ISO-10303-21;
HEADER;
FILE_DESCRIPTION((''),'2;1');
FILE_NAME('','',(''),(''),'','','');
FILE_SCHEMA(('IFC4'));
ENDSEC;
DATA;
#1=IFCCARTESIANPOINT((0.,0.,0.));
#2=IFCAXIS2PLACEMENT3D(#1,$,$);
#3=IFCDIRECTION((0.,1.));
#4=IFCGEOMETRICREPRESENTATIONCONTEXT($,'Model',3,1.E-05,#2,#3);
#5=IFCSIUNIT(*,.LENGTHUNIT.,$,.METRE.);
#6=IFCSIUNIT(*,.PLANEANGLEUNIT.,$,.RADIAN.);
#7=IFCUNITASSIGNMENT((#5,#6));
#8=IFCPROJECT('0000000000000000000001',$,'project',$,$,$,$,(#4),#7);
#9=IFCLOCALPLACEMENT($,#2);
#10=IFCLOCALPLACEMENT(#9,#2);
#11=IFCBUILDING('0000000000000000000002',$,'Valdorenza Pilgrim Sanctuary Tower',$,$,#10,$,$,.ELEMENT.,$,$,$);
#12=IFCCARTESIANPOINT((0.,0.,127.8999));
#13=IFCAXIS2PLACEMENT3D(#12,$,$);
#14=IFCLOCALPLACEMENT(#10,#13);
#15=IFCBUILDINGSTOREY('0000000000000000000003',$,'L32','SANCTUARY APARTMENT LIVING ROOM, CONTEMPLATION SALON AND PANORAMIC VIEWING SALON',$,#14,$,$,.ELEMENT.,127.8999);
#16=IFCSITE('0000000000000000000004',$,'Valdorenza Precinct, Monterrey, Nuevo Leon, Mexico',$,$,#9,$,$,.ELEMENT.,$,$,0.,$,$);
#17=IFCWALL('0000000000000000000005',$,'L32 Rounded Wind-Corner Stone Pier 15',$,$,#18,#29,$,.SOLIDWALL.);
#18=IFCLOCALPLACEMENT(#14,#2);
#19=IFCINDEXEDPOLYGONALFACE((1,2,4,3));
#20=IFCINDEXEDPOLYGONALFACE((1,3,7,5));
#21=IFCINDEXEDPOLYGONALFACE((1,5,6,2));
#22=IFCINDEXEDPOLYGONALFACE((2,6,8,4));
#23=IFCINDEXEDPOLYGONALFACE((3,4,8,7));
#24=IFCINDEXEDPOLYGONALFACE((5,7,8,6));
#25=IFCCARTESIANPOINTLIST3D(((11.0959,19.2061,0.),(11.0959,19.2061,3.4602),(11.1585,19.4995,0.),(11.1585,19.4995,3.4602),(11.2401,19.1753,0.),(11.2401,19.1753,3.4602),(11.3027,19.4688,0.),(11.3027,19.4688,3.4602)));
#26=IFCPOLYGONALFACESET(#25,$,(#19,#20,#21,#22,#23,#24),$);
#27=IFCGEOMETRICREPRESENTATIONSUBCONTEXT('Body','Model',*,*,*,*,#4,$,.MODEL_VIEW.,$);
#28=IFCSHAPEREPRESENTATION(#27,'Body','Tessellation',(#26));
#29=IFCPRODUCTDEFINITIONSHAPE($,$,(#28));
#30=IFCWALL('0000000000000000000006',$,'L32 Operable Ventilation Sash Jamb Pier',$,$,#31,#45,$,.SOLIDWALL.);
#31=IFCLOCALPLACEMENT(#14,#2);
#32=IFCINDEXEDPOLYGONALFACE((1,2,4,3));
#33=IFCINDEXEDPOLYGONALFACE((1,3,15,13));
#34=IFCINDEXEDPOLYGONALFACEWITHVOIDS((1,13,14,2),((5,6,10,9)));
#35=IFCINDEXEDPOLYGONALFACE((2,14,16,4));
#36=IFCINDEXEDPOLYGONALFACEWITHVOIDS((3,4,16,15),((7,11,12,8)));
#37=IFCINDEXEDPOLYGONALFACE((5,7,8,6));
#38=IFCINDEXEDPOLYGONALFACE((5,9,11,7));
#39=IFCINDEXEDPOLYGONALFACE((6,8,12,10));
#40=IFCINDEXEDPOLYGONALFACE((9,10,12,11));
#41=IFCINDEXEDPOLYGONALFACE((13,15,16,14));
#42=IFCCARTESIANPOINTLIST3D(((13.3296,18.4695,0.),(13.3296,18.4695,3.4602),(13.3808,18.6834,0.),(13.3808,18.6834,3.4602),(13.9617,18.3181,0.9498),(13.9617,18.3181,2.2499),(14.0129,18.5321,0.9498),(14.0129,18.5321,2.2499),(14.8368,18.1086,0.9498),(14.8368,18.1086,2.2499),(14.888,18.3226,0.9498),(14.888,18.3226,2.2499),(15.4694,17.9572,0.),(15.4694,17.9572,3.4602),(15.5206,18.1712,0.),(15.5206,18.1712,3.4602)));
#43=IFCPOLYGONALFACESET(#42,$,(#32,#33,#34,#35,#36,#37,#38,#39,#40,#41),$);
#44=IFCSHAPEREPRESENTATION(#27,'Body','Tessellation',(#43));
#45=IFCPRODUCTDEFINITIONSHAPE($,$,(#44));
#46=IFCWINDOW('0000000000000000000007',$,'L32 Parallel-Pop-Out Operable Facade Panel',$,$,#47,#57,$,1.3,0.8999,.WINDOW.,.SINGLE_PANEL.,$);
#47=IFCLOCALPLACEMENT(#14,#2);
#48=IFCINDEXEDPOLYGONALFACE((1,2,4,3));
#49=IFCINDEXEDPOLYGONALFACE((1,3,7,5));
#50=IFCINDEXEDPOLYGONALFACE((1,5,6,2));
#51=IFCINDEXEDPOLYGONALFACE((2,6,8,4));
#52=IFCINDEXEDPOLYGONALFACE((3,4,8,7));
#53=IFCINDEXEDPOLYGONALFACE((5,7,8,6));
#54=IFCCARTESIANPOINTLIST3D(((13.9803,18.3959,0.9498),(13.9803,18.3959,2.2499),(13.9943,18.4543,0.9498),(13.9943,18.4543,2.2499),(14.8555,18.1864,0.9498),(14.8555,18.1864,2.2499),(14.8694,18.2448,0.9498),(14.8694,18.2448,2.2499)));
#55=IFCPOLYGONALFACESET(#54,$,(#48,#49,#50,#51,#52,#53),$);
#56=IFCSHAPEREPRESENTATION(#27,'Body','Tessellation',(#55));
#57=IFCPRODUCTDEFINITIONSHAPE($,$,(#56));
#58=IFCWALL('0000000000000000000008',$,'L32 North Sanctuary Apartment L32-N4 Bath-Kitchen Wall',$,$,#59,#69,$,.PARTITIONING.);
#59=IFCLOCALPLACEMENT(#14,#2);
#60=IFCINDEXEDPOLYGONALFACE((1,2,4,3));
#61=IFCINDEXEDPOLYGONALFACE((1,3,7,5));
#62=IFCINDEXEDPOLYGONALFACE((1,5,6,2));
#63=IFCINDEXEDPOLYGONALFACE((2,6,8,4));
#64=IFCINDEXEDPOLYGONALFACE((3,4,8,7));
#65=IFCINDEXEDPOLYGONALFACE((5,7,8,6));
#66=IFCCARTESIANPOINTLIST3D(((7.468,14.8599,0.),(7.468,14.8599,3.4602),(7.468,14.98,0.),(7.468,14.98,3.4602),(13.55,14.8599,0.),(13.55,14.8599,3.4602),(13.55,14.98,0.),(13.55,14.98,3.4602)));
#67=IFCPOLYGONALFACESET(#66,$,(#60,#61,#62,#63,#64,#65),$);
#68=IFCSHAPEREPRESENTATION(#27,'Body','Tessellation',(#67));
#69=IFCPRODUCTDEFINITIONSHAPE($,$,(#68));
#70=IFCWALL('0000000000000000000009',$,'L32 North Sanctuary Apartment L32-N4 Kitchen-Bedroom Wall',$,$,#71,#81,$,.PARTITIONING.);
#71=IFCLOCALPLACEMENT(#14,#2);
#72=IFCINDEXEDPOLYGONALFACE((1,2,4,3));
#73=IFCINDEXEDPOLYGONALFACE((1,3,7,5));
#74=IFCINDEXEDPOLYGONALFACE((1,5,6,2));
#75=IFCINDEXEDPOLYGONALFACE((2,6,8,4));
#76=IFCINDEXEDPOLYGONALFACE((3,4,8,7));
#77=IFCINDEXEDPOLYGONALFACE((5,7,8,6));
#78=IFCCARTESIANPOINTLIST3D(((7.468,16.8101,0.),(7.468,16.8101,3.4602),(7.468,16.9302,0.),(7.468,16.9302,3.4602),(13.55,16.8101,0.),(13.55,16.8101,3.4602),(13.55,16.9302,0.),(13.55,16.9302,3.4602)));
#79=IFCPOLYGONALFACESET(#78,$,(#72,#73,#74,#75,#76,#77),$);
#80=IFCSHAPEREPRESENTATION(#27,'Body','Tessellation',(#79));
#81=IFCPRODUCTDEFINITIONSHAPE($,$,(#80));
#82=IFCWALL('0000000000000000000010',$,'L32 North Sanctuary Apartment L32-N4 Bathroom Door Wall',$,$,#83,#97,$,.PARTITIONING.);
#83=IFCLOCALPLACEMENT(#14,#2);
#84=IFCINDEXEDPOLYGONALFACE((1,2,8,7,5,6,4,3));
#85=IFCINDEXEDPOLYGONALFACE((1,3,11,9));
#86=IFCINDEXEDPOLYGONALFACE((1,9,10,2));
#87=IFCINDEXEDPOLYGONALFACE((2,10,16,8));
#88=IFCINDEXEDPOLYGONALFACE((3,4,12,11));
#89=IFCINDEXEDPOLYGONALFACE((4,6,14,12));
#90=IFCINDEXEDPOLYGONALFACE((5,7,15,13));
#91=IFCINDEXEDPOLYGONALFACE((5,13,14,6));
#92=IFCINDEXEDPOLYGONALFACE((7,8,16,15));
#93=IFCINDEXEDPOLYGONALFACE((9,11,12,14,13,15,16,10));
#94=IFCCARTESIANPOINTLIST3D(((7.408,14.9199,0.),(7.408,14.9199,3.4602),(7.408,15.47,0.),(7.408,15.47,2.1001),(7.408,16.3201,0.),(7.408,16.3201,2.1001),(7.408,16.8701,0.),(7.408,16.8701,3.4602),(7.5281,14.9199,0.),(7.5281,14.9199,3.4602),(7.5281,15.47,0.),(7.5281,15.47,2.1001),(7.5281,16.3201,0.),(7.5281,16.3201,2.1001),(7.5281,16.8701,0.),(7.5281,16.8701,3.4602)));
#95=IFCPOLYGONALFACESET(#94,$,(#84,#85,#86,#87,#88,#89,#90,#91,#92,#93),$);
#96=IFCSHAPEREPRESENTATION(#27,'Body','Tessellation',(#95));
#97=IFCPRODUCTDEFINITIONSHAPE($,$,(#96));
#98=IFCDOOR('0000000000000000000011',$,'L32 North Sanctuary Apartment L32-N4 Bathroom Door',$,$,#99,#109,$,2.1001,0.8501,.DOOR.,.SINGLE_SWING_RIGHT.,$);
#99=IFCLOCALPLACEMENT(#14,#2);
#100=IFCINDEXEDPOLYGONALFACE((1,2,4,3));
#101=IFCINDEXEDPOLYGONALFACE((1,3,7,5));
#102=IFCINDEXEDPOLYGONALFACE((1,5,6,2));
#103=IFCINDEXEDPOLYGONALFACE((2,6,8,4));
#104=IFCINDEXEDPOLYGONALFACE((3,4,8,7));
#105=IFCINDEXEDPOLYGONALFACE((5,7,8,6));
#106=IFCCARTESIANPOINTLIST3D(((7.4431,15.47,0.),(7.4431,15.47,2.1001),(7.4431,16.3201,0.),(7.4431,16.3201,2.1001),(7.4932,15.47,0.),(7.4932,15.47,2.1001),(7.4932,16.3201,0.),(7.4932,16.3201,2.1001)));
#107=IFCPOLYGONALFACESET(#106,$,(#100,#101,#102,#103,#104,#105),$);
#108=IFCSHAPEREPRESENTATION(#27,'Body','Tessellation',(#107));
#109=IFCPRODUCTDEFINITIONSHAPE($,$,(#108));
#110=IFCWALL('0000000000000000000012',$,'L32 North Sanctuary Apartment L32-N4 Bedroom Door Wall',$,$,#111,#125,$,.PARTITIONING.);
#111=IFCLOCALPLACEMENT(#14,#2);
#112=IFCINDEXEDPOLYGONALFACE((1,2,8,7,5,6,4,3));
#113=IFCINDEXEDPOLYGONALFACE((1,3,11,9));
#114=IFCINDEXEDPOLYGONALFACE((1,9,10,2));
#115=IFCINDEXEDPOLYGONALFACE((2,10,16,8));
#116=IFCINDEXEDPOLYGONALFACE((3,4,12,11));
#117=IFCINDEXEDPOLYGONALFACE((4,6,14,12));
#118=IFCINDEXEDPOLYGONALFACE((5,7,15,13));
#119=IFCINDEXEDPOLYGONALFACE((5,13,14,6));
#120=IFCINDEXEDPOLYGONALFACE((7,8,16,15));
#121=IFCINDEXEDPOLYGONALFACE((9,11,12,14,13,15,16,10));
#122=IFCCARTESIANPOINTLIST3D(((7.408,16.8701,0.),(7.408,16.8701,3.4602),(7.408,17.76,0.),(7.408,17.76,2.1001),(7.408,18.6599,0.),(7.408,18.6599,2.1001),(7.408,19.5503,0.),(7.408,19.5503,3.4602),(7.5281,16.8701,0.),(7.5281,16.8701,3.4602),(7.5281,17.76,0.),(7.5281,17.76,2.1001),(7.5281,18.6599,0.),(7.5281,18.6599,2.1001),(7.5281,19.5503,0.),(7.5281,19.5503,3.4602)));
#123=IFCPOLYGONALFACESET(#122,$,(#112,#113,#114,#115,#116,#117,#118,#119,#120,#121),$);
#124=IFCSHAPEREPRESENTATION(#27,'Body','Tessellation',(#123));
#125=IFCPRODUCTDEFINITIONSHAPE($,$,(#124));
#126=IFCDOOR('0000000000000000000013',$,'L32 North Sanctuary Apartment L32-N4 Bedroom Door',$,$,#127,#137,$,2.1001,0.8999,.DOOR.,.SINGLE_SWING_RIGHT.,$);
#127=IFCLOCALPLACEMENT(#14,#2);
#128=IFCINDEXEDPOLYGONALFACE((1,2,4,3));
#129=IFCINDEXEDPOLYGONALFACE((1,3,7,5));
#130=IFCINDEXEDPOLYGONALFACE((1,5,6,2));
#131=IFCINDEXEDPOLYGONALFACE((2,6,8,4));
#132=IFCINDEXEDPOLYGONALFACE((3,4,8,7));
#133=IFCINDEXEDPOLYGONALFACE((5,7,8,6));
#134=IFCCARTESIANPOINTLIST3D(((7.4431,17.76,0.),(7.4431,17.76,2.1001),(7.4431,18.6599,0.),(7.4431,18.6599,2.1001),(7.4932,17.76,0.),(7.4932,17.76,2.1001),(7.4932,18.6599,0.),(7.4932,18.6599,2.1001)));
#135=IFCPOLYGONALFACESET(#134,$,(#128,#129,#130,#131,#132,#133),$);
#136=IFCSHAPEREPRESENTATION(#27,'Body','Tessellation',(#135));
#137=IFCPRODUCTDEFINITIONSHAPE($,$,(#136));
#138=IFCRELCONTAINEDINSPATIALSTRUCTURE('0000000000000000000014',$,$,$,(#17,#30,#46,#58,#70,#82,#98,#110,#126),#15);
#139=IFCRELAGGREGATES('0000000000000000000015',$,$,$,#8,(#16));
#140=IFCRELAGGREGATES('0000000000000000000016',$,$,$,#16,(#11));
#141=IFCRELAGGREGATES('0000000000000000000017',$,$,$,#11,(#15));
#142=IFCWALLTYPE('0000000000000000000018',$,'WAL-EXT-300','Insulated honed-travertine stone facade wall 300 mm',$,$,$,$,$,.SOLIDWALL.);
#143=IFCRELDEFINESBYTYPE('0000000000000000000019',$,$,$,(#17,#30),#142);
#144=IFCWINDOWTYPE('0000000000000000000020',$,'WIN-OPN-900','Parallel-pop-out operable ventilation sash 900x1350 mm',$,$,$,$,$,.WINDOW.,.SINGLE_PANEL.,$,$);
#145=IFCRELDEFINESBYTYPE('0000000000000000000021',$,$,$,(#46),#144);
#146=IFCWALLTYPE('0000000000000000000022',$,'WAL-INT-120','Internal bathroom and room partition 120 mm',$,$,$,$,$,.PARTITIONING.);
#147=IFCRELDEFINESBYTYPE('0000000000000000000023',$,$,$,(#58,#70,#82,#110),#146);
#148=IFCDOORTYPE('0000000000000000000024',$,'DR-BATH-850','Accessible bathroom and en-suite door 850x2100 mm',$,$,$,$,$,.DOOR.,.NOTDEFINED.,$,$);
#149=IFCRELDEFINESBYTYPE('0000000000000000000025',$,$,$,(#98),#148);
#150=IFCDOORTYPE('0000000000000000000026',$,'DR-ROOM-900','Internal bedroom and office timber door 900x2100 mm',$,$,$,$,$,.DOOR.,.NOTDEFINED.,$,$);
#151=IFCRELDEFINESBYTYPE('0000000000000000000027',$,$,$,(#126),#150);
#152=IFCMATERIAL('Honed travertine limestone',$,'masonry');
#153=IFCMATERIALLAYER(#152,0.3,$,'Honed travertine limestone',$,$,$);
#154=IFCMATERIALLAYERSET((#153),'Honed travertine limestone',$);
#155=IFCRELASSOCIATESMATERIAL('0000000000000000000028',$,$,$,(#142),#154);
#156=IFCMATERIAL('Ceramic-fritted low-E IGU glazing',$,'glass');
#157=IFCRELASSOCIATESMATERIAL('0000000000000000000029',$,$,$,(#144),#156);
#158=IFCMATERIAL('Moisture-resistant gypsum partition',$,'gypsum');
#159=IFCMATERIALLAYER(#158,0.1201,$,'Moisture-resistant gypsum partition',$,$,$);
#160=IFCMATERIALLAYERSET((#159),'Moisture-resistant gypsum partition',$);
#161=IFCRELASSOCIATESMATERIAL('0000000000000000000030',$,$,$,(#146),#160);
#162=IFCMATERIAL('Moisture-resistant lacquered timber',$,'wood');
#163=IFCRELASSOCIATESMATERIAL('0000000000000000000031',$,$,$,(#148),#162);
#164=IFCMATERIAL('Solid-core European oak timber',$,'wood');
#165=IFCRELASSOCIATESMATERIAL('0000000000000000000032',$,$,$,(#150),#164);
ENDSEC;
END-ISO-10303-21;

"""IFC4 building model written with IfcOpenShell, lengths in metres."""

from ifc_helpers import new_model, si_unit, direction, frame, frame_2d, origin, place, context, subcontext, project, spatial, rectangle, extrude, material, layer, layer_set, type_object, element, fill, save


model = new_model("IFC4")

# Units and contexts
model_context = context("Model", 3, precision=1e-05, world=origin(), true_north=direction((0.0, 1.0)))
body_context = subcontext(model_context, "Body", "Model", "MODEL_VIEW")
ifc_project = project(units=[si_unit("LENGTHUNIT", "METRE"), si_unit("PLANEANGLEUNIT", "RADIAN")], contexts=[model_context])

# Site, building, storey
site_placement = place(None, origin())
site = spatial("IfcSite", under=ifc_project, at=site_placement, Name="Valdorenza Precinct, Monterrey, Nuevo Leon, Mexico", CompositionType="ELEMENT", RefElevation=0.0)
building_placement = place(site_placement, origin())
building = spatial("IfcBuilding", under=site, at=building_placement, Name="Valdorenza Pilgrim Sanctuary Tower", CompositionType="ELEMENT")
storey_placement = place(building_placement, frame((0.0, 0.0, 127.8999)))
storey = spatial("IfcBuildingStorey", under=building, at=storey_placement, Name="L32", Description="SANCTUARY APARTMENT LIVING ROOM, CONTEMPLATION SALON AND PANORAMIC VIEWING SALON", CompositionType="ELEMENT", Elevation=127.8999)

# Shared definitions
ifc_material_1 = material(Name="Honed travertine limestone", Category="masonry")
ifc_material_2 = material(Name="Ceramic-fritted low-E IGU glazing", Category="glass")

# Wall
ifc_layer_1 = layer(ifc_material_1, 0.3, Name="Honed travertine limestone")
ifc_layer_set_1 = layer_set([ifc_layer_1], Name="Honed travertine limestone")
wall_type_1 = type_object("IfcWallType", Name="WAL-EXT-300", Description="Insulated honed-travertine stone facade wall 300 mm", PredefinedType="SOLIDWALL", material=ifc_layer_set_1)
wall_1_placement = place(storey_placement, frame((11.1272, 19.3528, 0.0), z_axis=(0.0, 0.0, 1.0), x_axis=(0.97802, -0.208512, 0.0)))
element("IfcWall", 1, at=wall_1_placement, inside=storey, type_object=wall_type_1, Name="L32 Rounded Wind-Corner Stone Pier 15", PredefinedType="SOLIDWALL", context=body_context, shape_type="SweptSolid", body=[
    extrude(rectangle(XDim=0.1475, YDim=0.3, at=frame_2d((0.0737, 0.0))), origin(), (0.0, 0.0, 1.0), 3.4602),
])

# Wall, opening, window
wall_2_placement = place(storey_placement, frame((13.3552, 18.5764, 0.0), z_axis=(0.0, 0.0, 1.0), x_axis=(0.972522, -0.232811, 0.0)))
wall_2 = element("IfcWall", 2, at=wall_2_placement, inside=storey, type_object=wall_type_1, Name="L32 Operable Ventilation Sash Jamb Pier", PredefinedType="SOLIDWALL", context=body_context, shape_type="SweptSolid", body=[
    extrude(rectangle(XDim=2.2002, YDim=0.22, at=frame_2d((1.1001, 0.0))), origin(), (0.0, 0.0, 1.0), 3.4602),
])
opening_1_placement = place(wall_2_placement, frame((0.6499, 0.0, 0.95)))
opening_1 = element("IfcOpeningElement", 3, at=opening_1_placement, cuts=wall_2, PredefinedType="OPENING", context=body_context, shape_type="SweptSolid", body=[
    extrude(rectangle(XDim=0.8999, YDim=1.3, at=frame_2d((0.45, 0.6499))), frame((0.0, 0.125, 0.0), z_axis=(0.0, -1.0, 0.0), x_axis=(1.0, 0.0, 0.0)), (0.0, 0.0, 1.0), 0.2498),
])
window_type = type_object("IfcWindowType", Name="WIN-OPN-900", Description="Parallel-pop-out operable ventilation sash 900x1350 mm", PartitioningType="SINGLE_PANEL", PredefinedType="WINDOW", material=ifc_material_2)
window_placement = place(opening_1_placement, origin())
window = element("IfcWindow", 4, at=window_placement, inside=storey, type_object=window_type, Name="L32 Parallel-Pop-Out Operable Facade Panel", OverallHeight=1.3, OverallWidth=0.8999, PartitioningType="SINGLE_PANEL", PredefinedType="WINDOW", context=body_context, shape_type="SweptSolid", body=[
    extrude(rectangle(XDim=0.8999, YDim=1.3, at=frame_2d((0.45, 0.6499))), frame((0.0, 0.03, 0.0), z_axis=(0.0, -1.0, 0.0), x_axis=(1.0, 0.0, 0.0)), (0.0, 0.0, 1.0), 0.0601),
])
fill(opening_1, window)

# Walls
ifc_material_3 = material(Name="Moisture-resistant gypsum partition", Category="gypsum")
ifc_layer_2 = layer(ifc_material_3, 0.1201, Name="Moisture-resistant gypsum partition")
ifc_layer_set_2 = layer_set([ifc_layer_2], Name="Moisture-resistant gypsum partition")
wall_type_2 = type_object("IfcWallType", Name="WAL-INT-120", Description="Internal bathroom and room partition 120 mm", PredefinedType="PARTITIONING", material=ifc_layer_set_2)
for number, where, z_axis, x_axis, name in (
    (5, (7.468, 14.9199, 0.0), (0.0, 0.0, 1.0), (1.0, 0.0, 0.0), "L32 North Sanctuary Apartment L32-N4 Bath-Kitchen Wall"),
    (6, (7.468, 16.8701, 0.0), (0.0, 0.0, 1.0), (1.0, 0.0, 0.0), "L32 North Sanctuary Apartment L32-N4 Kitchen-Bedroom Wall"),
):
    element("IfcWall", number, at=place(storey_placement, frame(where, z_axis=z_axis, x_axis=x_axis)), inside=storey, type_object=wall_type_2, Name=name, PredefinedType="PARTITIONING", context=body_context, shape_type="SweptSolid", body=[
        extrude(rectangle(XDim=6.082, YDim=0.1201, at=frame_2d((3.041, 0.0))), origin(), (0.0, 0.0, 1.0), 3.4602),
    ])

# Walls, openings, doors
wall_3_placement = place(storey_placement, frame((7.468, 14.9199, 0.0), z_axis=(0.0, 0.0, 1.0), x_axis=(0.0, 1.0, 0.0)))
wall_3 = element("IfcWall", 7, at=wall_3_placement, inside=storey, type_object=wall_type_2, Name="L32 North Sanctuary Apartment L32-N4 Bathroom Door Wall", PredefinedType="PARTITIONING", context=body_context, shape_type="SweptSolid", body=[
    extrude(rectangle(XDim=1.9502, YDim=0.1201, at=frame_2d((0.9751, 0.0))), origin(), (0.0, 0.0, 1.0), 3.4602),
])
opening_2_placement = place(wall_3_placement, frame((0.55, 0.0, 0.0)))
opening_2 = element("IfcOpeningElement", 8, at=opening_2_placement, cuts=wall_3, PredefinedType="OPENING", context=body_context, shape_type="SweptSolid", body=[
    extrude(rectangle(XDim=0.8501, YDim=2.1001, at=frame_2d((0.425, 1.05))), frame((0.0, 0.075, 0.0), z_axis=(0.0, -1.0, 0.0), x_axis=(1.0, 0.0, 0.0)), (0.0, 0.0, 1.0), 0.1499),
])
ifc_material_4 = material(Name="Moisture-resistant lacquered timber", Category="wood")
door_type_1 = type_object("IfcDoorType", Name="DR-BATH-850", Description="Accessible bathroom and en-suite door 850x2100 mm", OperationType="NOTDEFINED", PredefinedType="DOOR", material=ifc_material_4)
door_1_placement = place(opening_2_placement, origin())
door_1 = element("IfcDoor", 9, at=door_1_placement, inside=storey, type_object=door_type_1, Name="L32 North Sanctuary Apartment L32-N4 Bathroom Door", OperationType="SINGLE_SWING_RIGHT", OverallHeight=2.1001, OverallWidth=0.8501, PredefinedType="DOOR", context=body_context, shape_type="SweptSolid", body=[
    extrude(rectangle(XDim=0.8501, YDim=2.1001, at=frame_2d((0.425, 1.05))), frame((0.0, 0.0249, 0.0), z_axis=(0.0, -1.0, 0.0), x_axis=(1.0, 0.0, 0.0)), (0.0, 0.0, 1.0), 0.05),
])
fill(opening_2, door_1)
wall_4_placement = place(storey_placement, frame((7.468, 16.8701, 0.0), z_axis=(0.0, 0.0, 1.0), x_axis=(0.0, 1.0, 0.0)))
wall_4 = element("IfcWall", 10, at=wall_4_placement, inside=storey, type_object=wall_type_2, Name="L32 North Sanctuary Apartment L32-N4 Bedroom Door Wall", PredefinedType="PARTITIONING", context=body_context, shape_type="SweptSolid", body=[
    extrude(rectangle(XDim=2.6802, YDim=0.1201, at=frame_2d((1.3401, 0.0))), origin(), (0.0, 0.0, 1.0), 3.4602),
])
opening_3_placement = place(wall_4_placement, frame((0.8899, 0.0, 0.0)))
opening_3 = element("IfcOpeningElement", 11, at=opening_3_placement, cuts=wall_4, PredefinedType="OPENING", context=body_context, shape_type="SweptSolid", body=[
    extrude(rectangle(XDim=0.8999, YDim=2.1001, at=frame_2d((0.45, 1.05))), frame((0.0, 0.075, 0.0), z_axis=(0.0, -1.0, 0.0), x_axis=(1.0, 0.0, 0.0)), (0.0, 0.0, 1.0), 0.1499),
])
ifc_material_5 = material(Name="Solid-core European oak timber", Category="wood")
door_type_2 = type_object("IfcDoorType", Name="DR-ROOM-900", Description="Internal bedroom and office timber door 900x2100 mm", OperationType="NOTDEFINED", PredefinedType="DOOR", material=ifc_material_5)
door_2_placement = place(opening_3_placement, origin())
door_2 = element("IfcDoor", 12, at=door_2_placement, inside=storey, type_object=door_type_2, Name="L32 North Sanctuary Apartment L32-N4 Bedroom Door", OperationType="SINGLE_SWING_RIGHT", OverallHeight=2.1001, OverallWidth=0.8999, PredefinedType="DOOR", context=body_context, shape_type="SweptSolid", body=[
    extrude(rectangle(XDim=0.8999, YDim=2.1001, at=frame_2d((0.45, 1.05))), frame((0.0, 0.0249, 0.0), z_axis=(0.0, -1.0, 0.0), x_axis=(1.0, 0.0, 0.0)), (0.0, 0.0, 1.0), 0.05),
])
fill(opening_3, door_2)

save(model, "model.ifc")
